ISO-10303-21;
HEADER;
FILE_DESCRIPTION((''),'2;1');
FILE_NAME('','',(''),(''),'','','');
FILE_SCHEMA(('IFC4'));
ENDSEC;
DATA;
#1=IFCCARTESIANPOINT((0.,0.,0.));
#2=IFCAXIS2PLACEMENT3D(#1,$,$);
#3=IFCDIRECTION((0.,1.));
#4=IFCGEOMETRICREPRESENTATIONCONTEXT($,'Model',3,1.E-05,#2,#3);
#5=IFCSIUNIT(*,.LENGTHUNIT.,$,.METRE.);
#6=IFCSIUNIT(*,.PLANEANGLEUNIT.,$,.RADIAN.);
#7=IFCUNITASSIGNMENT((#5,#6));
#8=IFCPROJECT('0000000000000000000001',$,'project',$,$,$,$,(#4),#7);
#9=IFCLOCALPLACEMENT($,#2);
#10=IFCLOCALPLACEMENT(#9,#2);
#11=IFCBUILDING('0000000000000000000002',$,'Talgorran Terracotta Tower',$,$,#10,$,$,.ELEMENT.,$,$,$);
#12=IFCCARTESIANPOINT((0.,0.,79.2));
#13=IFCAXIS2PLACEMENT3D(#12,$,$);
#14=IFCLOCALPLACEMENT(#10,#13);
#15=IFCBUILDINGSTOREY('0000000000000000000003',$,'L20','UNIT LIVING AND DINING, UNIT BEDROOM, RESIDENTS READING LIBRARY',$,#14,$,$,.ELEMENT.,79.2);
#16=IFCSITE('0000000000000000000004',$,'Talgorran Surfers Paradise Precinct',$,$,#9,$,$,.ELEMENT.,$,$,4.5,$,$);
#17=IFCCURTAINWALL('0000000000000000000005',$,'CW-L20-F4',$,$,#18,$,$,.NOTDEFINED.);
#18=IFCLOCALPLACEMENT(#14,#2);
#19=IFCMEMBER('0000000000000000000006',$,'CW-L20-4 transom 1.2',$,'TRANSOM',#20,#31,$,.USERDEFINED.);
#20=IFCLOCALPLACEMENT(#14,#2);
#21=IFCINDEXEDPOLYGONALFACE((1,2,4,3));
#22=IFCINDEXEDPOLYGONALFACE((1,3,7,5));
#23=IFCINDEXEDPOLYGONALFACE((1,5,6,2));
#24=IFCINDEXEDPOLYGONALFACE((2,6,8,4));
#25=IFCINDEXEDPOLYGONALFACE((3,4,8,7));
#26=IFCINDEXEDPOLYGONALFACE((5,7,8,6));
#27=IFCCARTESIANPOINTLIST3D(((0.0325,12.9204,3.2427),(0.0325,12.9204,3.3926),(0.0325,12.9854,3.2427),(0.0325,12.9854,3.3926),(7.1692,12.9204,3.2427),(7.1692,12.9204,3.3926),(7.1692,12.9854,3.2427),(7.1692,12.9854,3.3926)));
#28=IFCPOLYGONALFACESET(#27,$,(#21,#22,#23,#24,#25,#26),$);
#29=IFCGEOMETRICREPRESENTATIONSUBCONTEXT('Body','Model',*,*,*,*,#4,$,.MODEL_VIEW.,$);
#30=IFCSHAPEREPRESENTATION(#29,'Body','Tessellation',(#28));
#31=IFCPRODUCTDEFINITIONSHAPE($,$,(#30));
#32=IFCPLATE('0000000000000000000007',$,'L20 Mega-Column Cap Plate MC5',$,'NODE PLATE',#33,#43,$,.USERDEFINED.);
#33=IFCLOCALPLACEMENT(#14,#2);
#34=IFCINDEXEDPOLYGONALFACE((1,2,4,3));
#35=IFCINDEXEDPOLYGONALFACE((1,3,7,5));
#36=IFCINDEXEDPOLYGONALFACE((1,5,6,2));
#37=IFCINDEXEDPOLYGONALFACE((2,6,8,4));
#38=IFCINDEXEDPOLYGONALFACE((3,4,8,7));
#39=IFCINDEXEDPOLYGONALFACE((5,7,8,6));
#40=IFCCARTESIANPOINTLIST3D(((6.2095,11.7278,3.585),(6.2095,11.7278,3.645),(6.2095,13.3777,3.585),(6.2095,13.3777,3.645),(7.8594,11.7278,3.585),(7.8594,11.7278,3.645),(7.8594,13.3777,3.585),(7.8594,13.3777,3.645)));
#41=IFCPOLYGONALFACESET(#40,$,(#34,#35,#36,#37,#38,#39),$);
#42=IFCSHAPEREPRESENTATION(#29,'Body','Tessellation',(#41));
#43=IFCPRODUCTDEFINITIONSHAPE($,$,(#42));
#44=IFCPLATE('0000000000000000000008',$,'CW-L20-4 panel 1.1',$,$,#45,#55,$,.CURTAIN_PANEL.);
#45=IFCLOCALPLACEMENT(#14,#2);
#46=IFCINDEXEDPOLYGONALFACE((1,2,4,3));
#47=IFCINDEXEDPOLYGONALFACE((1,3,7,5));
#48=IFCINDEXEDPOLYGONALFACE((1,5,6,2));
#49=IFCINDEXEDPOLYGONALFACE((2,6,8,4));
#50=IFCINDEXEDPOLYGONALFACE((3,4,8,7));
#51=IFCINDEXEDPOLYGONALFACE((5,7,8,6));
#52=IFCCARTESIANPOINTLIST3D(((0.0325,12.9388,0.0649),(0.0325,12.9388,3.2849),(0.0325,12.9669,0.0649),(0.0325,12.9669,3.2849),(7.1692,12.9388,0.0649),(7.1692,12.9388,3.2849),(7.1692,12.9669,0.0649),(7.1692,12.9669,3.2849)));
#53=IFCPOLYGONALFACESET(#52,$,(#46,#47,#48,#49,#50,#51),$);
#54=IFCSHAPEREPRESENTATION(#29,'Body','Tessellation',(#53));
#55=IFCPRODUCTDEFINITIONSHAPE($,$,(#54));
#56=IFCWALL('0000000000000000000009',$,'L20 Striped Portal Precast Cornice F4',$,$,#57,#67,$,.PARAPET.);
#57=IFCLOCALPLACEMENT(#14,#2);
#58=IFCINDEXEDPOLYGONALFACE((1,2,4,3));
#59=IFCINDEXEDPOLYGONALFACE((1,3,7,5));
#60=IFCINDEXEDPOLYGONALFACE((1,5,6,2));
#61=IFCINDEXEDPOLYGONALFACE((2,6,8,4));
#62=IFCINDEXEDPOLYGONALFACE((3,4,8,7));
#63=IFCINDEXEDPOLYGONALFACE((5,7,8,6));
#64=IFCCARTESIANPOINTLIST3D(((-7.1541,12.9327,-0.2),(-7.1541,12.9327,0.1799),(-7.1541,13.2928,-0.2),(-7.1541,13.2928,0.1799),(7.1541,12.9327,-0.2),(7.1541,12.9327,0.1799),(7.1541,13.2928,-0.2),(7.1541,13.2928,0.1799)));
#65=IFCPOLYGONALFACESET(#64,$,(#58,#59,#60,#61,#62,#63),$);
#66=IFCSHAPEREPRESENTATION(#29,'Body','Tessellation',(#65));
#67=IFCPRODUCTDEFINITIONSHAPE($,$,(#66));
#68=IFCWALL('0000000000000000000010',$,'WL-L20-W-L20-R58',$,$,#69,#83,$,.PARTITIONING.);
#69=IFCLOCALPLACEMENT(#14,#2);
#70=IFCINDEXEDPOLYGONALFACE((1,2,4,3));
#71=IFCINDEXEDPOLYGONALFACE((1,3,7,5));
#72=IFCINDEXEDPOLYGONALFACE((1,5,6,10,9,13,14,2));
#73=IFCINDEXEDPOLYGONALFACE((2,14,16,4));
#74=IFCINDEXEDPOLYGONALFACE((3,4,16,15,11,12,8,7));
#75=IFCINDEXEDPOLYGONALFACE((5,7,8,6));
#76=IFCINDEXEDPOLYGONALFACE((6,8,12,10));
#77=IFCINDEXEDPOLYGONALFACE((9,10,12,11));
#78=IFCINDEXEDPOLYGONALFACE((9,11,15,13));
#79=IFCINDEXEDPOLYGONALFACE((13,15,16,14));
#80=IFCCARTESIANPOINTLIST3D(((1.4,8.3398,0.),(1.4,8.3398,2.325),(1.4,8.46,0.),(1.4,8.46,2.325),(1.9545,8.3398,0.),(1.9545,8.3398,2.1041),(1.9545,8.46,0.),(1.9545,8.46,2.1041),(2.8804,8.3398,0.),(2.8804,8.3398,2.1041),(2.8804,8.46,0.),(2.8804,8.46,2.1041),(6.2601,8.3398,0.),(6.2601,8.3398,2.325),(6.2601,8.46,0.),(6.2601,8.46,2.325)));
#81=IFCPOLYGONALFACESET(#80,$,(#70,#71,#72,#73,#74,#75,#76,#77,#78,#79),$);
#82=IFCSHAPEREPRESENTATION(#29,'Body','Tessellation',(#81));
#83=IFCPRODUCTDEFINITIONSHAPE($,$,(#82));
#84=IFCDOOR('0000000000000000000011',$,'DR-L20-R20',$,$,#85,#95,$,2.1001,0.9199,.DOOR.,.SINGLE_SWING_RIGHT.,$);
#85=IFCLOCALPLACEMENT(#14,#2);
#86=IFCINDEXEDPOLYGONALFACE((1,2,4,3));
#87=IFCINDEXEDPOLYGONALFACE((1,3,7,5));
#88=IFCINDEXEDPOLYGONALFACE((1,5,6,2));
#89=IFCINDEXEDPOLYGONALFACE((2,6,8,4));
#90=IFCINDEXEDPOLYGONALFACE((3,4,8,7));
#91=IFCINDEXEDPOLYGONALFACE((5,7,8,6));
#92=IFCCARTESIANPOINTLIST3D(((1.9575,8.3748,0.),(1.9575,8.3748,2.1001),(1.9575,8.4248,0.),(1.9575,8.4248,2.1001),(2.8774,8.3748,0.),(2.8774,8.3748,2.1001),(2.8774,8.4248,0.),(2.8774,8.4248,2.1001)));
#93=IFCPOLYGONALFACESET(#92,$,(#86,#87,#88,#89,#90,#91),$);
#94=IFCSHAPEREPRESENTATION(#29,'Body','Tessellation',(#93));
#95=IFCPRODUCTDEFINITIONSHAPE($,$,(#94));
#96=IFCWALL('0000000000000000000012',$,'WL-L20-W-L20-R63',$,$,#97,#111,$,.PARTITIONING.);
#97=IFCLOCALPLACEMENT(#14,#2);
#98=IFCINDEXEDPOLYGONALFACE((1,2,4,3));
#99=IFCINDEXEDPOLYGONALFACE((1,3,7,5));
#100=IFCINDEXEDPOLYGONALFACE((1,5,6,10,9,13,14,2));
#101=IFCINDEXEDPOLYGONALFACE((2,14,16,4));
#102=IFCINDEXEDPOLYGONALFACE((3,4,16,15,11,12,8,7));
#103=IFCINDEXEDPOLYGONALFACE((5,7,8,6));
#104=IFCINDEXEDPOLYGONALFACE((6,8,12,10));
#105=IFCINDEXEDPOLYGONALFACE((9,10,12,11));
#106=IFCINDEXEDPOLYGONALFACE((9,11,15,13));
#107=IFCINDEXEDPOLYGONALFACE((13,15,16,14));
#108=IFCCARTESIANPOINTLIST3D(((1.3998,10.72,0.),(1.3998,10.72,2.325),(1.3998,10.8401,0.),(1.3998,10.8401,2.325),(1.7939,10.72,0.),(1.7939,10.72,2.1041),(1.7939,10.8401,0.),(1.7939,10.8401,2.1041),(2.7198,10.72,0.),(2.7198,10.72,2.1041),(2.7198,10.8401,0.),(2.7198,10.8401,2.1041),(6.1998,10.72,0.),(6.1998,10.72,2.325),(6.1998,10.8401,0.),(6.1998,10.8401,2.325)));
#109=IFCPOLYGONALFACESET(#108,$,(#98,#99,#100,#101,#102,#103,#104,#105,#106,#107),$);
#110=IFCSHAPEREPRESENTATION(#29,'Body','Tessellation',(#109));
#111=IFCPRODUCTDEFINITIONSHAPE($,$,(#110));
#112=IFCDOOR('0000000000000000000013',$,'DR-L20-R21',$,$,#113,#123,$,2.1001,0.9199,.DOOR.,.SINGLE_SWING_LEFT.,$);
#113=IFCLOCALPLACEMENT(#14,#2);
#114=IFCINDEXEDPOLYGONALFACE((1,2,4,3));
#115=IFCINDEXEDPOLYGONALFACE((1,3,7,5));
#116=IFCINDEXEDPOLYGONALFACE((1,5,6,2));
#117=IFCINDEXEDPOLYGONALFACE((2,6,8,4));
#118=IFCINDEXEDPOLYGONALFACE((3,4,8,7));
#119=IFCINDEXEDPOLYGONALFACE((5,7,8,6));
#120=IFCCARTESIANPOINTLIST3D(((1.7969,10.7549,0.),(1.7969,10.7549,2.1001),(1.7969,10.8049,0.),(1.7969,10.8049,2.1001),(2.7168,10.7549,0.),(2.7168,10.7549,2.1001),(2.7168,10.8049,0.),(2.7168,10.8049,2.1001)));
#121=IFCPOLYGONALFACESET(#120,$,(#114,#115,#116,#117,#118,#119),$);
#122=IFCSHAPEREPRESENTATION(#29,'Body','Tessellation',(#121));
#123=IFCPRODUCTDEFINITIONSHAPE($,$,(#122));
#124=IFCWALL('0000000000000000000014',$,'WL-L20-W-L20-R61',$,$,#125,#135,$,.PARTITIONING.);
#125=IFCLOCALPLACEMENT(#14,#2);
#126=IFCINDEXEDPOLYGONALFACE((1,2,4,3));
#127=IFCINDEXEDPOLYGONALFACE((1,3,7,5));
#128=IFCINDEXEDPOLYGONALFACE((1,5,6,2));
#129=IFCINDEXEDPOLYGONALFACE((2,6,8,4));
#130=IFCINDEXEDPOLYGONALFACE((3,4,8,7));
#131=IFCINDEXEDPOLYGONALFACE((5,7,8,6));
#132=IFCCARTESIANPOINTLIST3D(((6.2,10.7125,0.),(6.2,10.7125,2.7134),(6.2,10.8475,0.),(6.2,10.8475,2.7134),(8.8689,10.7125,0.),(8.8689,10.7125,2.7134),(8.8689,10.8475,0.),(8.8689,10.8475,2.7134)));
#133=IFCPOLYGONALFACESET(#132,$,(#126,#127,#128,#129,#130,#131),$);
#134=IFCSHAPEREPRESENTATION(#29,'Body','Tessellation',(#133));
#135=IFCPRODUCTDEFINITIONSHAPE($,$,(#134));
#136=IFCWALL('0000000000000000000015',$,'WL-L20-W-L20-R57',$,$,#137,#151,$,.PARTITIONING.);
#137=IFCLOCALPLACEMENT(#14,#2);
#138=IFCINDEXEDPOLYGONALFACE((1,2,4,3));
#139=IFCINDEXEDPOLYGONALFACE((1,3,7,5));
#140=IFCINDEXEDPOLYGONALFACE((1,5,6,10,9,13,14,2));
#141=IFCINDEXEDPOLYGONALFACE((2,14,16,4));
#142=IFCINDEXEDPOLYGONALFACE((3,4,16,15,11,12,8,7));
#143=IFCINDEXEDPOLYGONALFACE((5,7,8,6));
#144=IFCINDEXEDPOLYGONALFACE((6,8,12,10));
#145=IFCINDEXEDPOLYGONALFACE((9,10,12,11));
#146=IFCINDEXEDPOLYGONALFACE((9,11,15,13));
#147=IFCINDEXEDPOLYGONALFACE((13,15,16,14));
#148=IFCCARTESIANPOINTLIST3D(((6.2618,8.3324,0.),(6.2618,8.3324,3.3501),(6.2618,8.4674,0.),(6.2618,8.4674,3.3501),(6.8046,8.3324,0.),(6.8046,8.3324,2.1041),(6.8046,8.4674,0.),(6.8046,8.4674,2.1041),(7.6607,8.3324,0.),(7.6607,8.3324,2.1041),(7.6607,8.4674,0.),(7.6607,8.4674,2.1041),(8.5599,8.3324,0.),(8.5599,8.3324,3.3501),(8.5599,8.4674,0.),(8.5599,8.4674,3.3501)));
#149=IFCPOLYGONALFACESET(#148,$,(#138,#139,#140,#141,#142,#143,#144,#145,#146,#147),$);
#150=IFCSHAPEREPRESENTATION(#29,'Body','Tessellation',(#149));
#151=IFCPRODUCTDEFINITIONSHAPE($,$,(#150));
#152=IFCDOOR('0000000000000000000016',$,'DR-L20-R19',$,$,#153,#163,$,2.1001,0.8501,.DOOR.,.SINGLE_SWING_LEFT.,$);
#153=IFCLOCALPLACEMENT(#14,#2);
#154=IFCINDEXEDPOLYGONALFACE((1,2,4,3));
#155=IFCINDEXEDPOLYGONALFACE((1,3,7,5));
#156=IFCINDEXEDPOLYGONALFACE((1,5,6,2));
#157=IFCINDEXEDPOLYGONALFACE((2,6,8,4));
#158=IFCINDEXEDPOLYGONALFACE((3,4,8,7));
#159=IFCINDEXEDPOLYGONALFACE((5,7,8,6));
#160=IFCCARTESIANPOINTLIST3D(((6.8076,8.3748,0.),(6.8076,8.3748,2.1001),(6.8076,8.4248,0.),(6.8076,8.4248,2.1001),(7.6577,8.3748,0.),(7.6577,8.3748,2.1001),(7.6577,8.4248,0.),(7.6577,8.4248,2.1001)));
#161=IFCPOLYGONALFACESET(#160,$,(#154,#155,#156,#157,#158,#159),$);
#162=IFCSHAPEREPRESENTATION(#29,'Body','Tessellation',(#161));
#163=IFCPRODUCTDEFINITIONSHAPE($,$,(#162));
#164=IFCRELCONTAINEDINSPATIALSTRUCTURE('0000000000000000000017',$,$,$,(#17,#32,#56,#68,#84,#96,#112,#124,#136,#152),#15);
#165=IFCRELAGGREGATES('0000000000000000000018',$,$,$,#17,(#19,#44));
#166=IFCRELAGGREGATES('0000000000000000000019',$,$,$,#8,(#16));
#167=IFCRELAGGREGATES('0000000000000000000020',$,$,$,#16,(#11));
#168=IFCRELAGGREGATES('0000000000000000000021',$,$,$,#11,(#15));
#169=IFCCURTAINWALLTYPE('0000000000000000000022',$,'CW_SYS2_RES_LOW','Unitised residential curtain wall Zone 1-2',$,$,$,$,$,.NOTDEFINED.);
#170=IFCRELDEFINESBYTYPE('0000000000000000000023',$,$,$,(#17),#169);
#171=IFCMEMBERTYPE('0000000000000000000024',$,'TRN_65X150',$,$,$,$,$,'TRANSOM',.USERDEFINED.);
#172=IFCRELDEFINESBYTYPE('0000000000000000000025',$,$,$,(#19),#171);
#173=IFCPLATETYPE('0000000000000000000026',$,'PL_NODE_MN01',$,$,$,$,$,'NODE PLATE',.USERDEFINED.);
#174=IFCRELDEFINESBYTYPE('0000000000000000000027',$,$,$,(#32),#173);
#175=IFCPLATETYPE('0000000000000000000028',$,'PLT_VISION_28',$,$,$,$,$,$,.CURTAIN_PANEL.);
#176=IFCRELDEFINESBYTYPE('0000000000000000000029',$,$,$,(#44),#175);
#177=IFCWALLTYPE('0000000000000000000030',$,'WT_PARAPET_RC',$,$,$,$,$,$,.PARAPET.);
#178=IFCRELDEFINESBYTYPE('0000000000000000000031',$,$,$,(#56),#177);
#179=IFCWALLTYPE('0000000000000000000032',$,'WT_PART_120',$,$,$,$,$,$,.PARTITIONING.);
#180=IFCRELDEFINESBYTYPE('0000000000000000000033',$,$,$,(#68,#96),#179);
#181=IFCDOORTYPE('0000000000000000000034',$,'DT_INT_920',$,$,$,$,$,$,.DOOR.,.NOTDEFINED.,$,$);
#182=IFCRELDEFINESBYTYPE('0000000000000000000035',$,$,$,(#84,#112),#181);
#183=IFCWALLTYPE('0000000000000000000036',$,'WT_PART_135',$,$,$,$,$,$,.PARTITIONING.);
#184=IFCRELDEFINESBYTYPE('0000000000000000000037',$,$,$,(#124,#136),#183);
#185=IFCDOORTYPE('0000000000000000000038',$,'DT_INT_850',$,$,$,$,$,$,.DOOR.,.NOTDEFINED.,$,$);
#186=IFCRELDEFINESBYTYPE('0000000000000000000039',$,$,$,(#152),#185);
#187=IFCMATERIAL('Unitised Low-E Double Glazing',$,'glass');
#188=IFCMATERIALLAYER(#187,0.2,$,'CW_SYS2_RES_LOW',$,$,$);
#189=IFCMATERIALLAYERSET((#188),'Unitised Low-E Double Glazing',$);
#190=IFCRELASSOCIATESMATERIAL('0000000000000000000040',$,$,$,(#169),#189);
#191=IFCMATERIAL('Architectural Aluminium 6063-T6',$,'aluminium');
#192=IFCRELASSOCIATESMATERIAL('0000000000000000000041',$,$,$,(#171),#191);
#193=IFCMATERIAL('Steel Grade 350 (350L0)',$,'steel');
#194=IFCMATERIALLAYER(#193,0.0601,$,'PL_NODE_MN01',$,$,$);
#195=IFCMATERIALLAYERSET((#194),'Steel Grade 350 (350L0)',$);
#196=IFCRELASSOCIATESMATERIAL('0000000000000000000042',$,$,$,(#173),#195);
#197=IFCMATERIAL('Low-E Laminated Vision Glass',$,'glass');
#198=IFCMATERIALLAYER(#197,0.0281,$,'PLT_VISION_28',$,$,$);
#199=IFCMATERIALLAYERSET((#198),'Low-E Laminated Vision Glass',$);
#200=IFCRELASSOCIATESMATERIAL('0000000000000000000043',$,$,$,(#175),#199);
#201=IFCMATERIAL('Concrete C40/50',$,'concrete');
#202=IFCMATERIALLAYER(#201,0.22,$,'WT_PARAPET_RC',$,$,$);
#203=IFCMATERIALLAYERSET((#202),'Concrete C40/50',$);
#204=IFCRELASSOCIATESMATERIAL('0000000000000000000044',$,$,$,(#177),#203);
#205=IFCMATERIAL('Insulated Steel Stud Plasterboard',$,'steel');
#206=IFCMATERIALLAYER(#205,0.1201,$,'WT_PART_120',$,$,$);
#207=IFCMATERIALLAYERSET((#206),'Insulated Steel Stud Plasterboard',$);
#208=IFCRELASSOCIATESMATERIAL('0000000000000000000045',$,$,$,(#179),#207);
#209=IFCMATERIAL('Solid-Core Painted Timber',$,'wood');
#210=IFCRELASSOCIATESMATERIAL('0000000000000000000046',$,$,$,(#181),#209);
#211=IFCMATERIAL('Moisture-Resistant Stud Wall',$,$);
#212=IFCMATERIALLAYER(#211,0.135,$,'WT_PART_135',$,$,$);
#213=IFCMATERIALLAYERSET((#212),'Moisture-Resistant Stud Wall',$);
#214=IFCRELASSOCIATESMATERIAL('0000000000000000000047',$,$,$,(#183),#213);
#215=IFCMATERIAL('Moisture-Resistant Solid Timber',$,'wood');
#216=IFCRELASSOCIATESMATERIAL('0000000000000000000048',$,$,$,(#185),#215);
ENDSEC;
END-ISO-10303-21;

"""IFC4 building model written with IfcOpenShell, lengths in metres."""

from ifc_helpers import new_model, si_unit, direction, frame, frame_2d, origin, origin_2d, place, context, subcontext, project, spatial, rectangle, extrude, source, transform, mapped, material, layer, layer_set, material_profile, profile_set, type_object, type_shapes, element, fill, aggregate, save


model = new_model("IFC4")

# Units and contexts
model_context = context("Model", 3, precision=1e-05, world=origin(), true_north=direction((0.0, 1.0)))
body_context = subcontext(model_context, "Body", "Model", "MODEL_VIEW")
ifc_project = project(units=[si_unit("LENGTHUNIT", "METRE"), si_unit("PLANEANGLEUNIT", "RADIAN")], contexts=[model_context])

# Site, building, storey
site_placement = place(None, origin())
site = spatial("IfcSite", under=ifc_project, at=site_placement, Name="Talgorran Surfers Paradise Precinct", CompositionType="ELEMENT", RefElevation=4.5)
building_placement = place(site_placement, origin())
building = spatial("IfcBuilding", under=site, at=building_placement, Name="Talgorran Terracotta Tower", CompositionType="ELEMENT")
storey_placement = place(building_placement, frame((0.0, 0.0, 79.2)))
storey = spatial("IfcBuildingStorey", under=building, at=storey_placement, Name="L20", Description="UNIT LIVING AND DINING, UNIT BEDROOM, RESIDENTS READING LIBRARY", CompositionType="ELEMENT", Elevation=79.2)

# Shared definitions
ifc_material_1 = material(Name="Steel Grade 350 (350L0)", Category="steel")

# Shared definitions
ifc_material_2 = material(Name="Unitised Low-E Double Glazing", Category="glass")
ifc_layer_1 = layer(ifc_material_2, 0.2, Name="CW_SYS2_RES_LOW")
ifc_layer_set_1 = layer_set([ifc_layer_1], Name="Unitised Low-E Double Glazing")
curtain_wall_type = type_object("IfcCurtainWallType", Name="CW_SYS2_RES_LOW", Description="Unitised residential curtain wall Zone 1-2", PredefinedType="NOTDEFINED", material=ifc_layer_set_1)
ifc_material_3 = material(Name="Architectural Aluminium 6063-T6", Category="aluminium")

# Curtain wall, member
curtain_wall_1_placement = place(storey_placement, origin())
curtain_wall_1 = element("IfcCurtainWall", 1, at=curtain_wall_1_placement, inside=storey, type_object=curtain_wall_type, Name="CW-L20-F4", PredefinedType="NOTDEFINED")
ifc_material_profile_1 = material_profile(ifc_material_3, rectangle(XDim=0.0649, YDim=0.1499, at=origin_2d()), Name="CWT65X150")
ifc_profile_set_1 = profile_set([ifc_material_profile_1], Name="Architectural Aluminium 6063-T6")
member_type_1 = type_object("IfcMemberType", Name="TRN_65X150", ElementType="TRANSOM", PredefinedType="USERDEFINED", material=ifc_profile_set_1)
member_1_placement = place(storey_placement, frame((7.1692, 12.9529, 3.3176), z_axis=(-1.0, 0.0, 0.0), x_axis=(0.0, -1.0, 0.0)))
member_1 = element("IfcMember", 2, at=member_1_placement, type_object=member_type_1, Name="CW-L20-4 transom 1.2", ObjectType="TRANSOM", PredefinedType="USERDEFINED", context=body_context, shape_type="SweptSolid", body=[
    extrude(rectangle(XDim=0.0649, YDim=0.1499, at=origin_2d()), origin(), (0.0, 0.0, 1.0), 7.1367),
])

# Plates
ifc_layer_2 = layer(ifc_material_1, 0.0601, Name="PL_NODE_MN01")
ifc_layer_set_2 = layer_set([ifc_layer_2], Name="Steel Grade 350 (350L0)")
plate_type_1 = type_object("IfcPlateType", Name="PL_NODE_MN01", ElementType="NODE PLATE", PredefinedType="USERDEFINED", material=ifc_layer_set_2)
plate_1_placement = place(storey_placement, frame((7.0344, 12.5527, 3.585), z_axis=(0.0, 0.0, 1.0), x_axis=(1.0, 0.0, 0.0)))
element("IfcPlate", 3, at=plate_1_placement, inside=storey, type_object=plate_type_1, Name="L20 Mega-Column Cap Plate MC5", ObjectType="NODE PLATE", PredefinedType="USERDEFINED", context=body_context, shape_type="SweptSolid", body=[
    extrude(rectangle(XDim=1.6499, YDim=1.6499, at=origin_2d()), origin(), (0.0, 0.0, 1.0), 0.0601),
])
ifc_material_4 = material(Name="Low-E Laminated Vision Glass", Category="glass")
ifc_layer_3 = layer(ifc_material_4, 0.0281, Name="PLT_VISION_28")
ifc_layer_set_3 = layer_set([ifc_layer_3], Name="Low-E Laminated Vision Glass")
plate_type_2 = type_object("IfcPlateType", Name="PLT_VISION_28", PredefinedType="CURTAIN_PANEL", material=ifc_layer_set_3)
shared_shape_1 = source(origin(), body_context, "Body", "SweptSolid", [
    extrude(rectangle(XDim=7.1367, YDim=0.0281, at=origin_2d()), origin(), (0.0, 0.0, 1.0), 3.22),
])
type_shapes(plate_type_2, [shared_shape_1])
plate_2_placement = place(storey_placement, frame((3.6008, 12.9529, 0.0649), z_axis=(0.0, 0.0, 1.0), x_axis=(-1.0, 0.0, 0.0)))
plate_2 = element("IfcPlate", 4, at=plate_2_placement, type_object=plate_type_2, Name="CW-L20-4 panel 1.1", PredefinedType="CURTAIN_PANEL", context=body_context, shape_type="MappedRepresentation", body=[
    mapped(shared_shape_1, transform((0.0, 0.0, 0.0), scale=1.0)),
])
aggregate(curtain_wall_1, [member_1, plate_2])

# Wall
ifc_material_5 = material(Name="Concrete C40/50", Category="concrete")
ifc_layer_4 = layer(ifc_material_5, 0.22, Name="WT_PARAPET_RC")
ifc_layer_set_4 = layer_set([ifc_layer_4], Name="Concrete C40/50")
wall_type_1 = type_object("IfcWallType", Name="WT_PARAPET_RC", PredefinedType="PARAPET", material=ifc_layer_set_4)
wall_1_placement = place(storey_placement, frame((7.1541, 13.1128, -0.2), z_axis=(0.0, 0.0, 1.0), x_axis=(-1.0, 0.0, 0.0)))
element("IfcWall", 5, at=wall_1_placement, inside=storey, type_object=wall_type_1, Name="L20 Striped Portal Precast Cornice F4", PredefinedType="PARAPET", context=body_context, shape_type="SweptSolid", body=[
    extrude(rectangle(XDim=14.3081, YDim=0.3601, at=frame_2d((7.1541, 0.0))), origin(), (0.0, 0.0, 1.0), 0.3799),
])

# Walls, openings, doors
ifc_material_6 = material(Name="Insulated Steel Stud Plasterboard", Category="steel")
ifc_layer_5 = layer(ifc_material_6, 0.1201, Name="WT_PART_120")
ifc_layer_set_5 = layer_set([ifc_layer_5], Name="Insulated Steel Stud Plasterboard")
wall_type_2 = type_object("IfcWallType", Name="WT_PART_120", PredefinedType="PARTITIONING", material=ifc_layer_set_5)
wall_2_placement = place(storey_placement, frame((1.3999, 8.3999, 0.0), z_axis=(0.0, 0.0, 1.0), x_axis=(1.0, 0.0, 0.0)))
wall_2 = element("IfcWall", 6, at=wall_2_placement, inside=storey, type_object=wall_type_2, Name="WL-L20-W-L20-R58", PredefinedType="PARTITIONING", context=body_context, shape_type="SweptSolid", body=[
    extrude(rectangle(XDim=4.8601, YDim=0.1201, at=frame_2d((2.4302, 0.0))), origin(), (0.0, 0.0, 1.0), 2.325),
])
opening_1_placement = place(wall_2_placement, frame((0.5576, 0.0, 0.0)))
opening_1 = element("IfcOpeningElement", 7, at=opening_1_placement, cuts=wall_2, PredefinedType="OPENING", context=body_context, shape_type="SweptSolid", body=[
    extrude(rectangle(XDim=0.9259, YDim=2.1041, at=frame_2d((0.46, 1.052))), frame((0.0, 0.0701, 0.0), z_axis=(0.0, -1.0, 0.0), x_axis=(1.0, 0.0, 0.0)), (0.0, 0.0, 1.0), 0.1401),
])
ifc_material_7 = material(Name="Solid-Core Painted Timber", Category="wood")
door_type_1 = type_object("IfcDoorType", Name="DT_INT_920", OperationType="NOTDEFINED", PredefinedType="DOOR", material=ifc_material_7)
door_1_placement = place(opening_1_placement, origin())
door_1 = element("IfcDoor", 8, at=door_1_placement, inside=storey, type_object=door_type_1, Name="DR-L20-R20", OperationType="SINGLE_SWING_RIGHT", OverallHeight=2.1001, OverallWidth=0.9199, PredefinedType="DOOR", context=body_context, shape_type="SweptSolid", body=[
    extrude(rectangle(XDim=0.9199, YDim=2.1001, at=frame_2d((0.46, 1.05))), frame((0.0, 0.0249, 0.0), z_axis=(0.0, -1.0, 0.0), x_axis=(1.0, 0.0, 0.0)), (0.0, 0.0, 1.0), 0.05),
])
fill(opening_1, door_1)
wall_3_placement = place(storey_placement, frame((1.3999, 10.78, 0.0), z_axis=(0.0, 0.0, 1.0), x_axis=(1.0, 0.0, 0.0)))
wall_3 = element("IfcWall", 9, at=wall_3_placement, inside=storey, type_object=wall_type_2, Name="WL-L20-W-L20-R63", PredefinedType="PARTITIONING", context=body_context, shape_type="SweptSolid", body=[
    extrude(rectangle(XDim=4.8, YDim=0.1201, at=frame_2d((2.3999, 0.0))), origin(), (0.0, 0.0, 1.0), 2.325),
])
opening_2_placement = place(wall_3_placement, frame((0.397, 0.0, 0.0)))
opening_2 = element("IfcOpeningElement", 10, at=opening_2_placement, cuts=wall_3, PredefinedType="OPENING", context=body_context, shape_type="SweptSolid", body=[
    extrude(rectangle(XDim=0.9259, YDim=2.1041, at=frame_2d((0.46, 1.052))), frame((0.0, 0.0701, 0.0), z_axis=(0.0, -1.0, 0.0), x_axis=(1.0, 0.0, 0.0)), (0.0, 0.0, 1.0), 0.1401),
])
door_2_placement = place(opening_2_placement, origin())
door_2 = element("IfcDoor", 11, at=door_2_placement, inside=storey, type_object=door_type_1, Name="DR-L20-R21", OperationType="SINGLE_SWING_LEFT", OverallHeight=2.1001, OverallWidth=0.9199, PredefinedType="DOOR", context=body_context, shape_type="SweptSolid", body=[
    extrude(rectangle(XDim=0.9199, YDim=2.1001, at=frame_2d((0.46, 1.05))), frame((0.0, 0.0249, 0.0), z_axis=(0.0, -1.0, 0.0), x_axis=(1.0, 0.0, 0.0)), (0.0, 0.0, 1.0), 0.05),
])
fill(opening_2, door_2)

# Wall
ifc_material_8 = material(Name="Moisture-Resistant Stud Wall")
ifc_layer_6 = layer(ifc_material_8, 0.135, Name="WT_PART_135")
ifc_layer_set_6 = layer_set([ifc_layer_6], Name="Moisture-Resistant Stud Wall")
wall_type_3 = type_object("IfcWallType", Name="WT_PART_135", PredefinedType="PARTITIONING", material=ifc_layer_set_6)
wall_4_placement = place(storey_placement, frame((6.2, 10.78, 0.0), z_axis=(0.0, 0.0, 1.0), x_axis=(1.0, 0.0, 0.0)))
element("IfcWall", 12, at=wall_4_placement, inside=storey, type_object=wall_type_3, Name="WL-L20-W-L20-R61", PredefinedType="PARTITIONING", context=body_context, shape_type="SweptSolid", body=[
    extrude(rectangle(XDim=2.6689, YDim=0.135, at=frame_2d((1.3345, 0.0))), origin(), (0.0, 0.0, 1.0), 2.7134),
])

# Wall, opening, door
wall_5_placement = place(storey_placement, frame((6.262, 8.3999, 0.0), z_axis=(0.0, 0.0, 1.0), x_axis=(1.0, 0.0, 0.0)))
wall_5 = element("IfcWall", 13, at=wall_5_placement, inside=storey, type_object=wall_type_3, Name="WL-L20-W-L20-R57", PredefinedType="PARTITIONING", context=body_context, shape_type="SweptSolid", body=[
    extrude(rectangle(XDim=2.2981, YDim=0.135, at=frame_2d((1.1489, 0.0))), origin(), (0.0, 0.0, 1.0), 3.3501),
])
opening_3_placement = place(wall_5_placement, frame((0.5457, 0.0, 0.0)))
opening_3 = element("IfcOpeningElement", 14, at=opening_3_placement, cuts=wall_5, PredefinedType="OPENING", context=body_context, shape_type="SweptSolid", body=[
    extrude(rectangle(XDim=0.8561, YDim=2.1041, at=frame_2d((0.425, 1.052))), frame((0.0, 0.0776, 0.0), z_axis=(0.0, -1.0, 0.0), x_axis=(1.0, 0.0, 0.0)), (0.0, 0.0, 1.0), 0.155),
])
ifc_material_9 = material(Name="Moisture-Resistant Solid Timber", Category="wood")
door_type_2 = type_object("IfcDoorType", Name="DT_INT_850", OperationType="NOTDEFINED", PredefinedType="DOOR", material=ifc_material_9)
door_3_placement = place(opening_3_placement, origin())
door_3 = element("IfcDoor", 15, at=door_3_placement, inside=storey, type_object=door_type_2, Name="DR-L20-R19", OperationType="SINGLE_SWING_LEFT", OverallHeight=2.1001, OverallWidth=0.8501, PredefinedType="DOOR", context=body_context, shape_type="SweptSolid", body=[
    extrude(rectangle(XDim=0.8501, YDim=2.1001, at=frame_2d((0.425, 1.05))), frame((0.0, 0.0249, 0.0), z_axis=(0.0, -1.0, 0.0), x_axis=(1.0, 0.0, 0.0)), (0.0, 0.0, 1.0), 0.05),
])
fill(opening_3, door_3)

save(model, "model.ifc")
